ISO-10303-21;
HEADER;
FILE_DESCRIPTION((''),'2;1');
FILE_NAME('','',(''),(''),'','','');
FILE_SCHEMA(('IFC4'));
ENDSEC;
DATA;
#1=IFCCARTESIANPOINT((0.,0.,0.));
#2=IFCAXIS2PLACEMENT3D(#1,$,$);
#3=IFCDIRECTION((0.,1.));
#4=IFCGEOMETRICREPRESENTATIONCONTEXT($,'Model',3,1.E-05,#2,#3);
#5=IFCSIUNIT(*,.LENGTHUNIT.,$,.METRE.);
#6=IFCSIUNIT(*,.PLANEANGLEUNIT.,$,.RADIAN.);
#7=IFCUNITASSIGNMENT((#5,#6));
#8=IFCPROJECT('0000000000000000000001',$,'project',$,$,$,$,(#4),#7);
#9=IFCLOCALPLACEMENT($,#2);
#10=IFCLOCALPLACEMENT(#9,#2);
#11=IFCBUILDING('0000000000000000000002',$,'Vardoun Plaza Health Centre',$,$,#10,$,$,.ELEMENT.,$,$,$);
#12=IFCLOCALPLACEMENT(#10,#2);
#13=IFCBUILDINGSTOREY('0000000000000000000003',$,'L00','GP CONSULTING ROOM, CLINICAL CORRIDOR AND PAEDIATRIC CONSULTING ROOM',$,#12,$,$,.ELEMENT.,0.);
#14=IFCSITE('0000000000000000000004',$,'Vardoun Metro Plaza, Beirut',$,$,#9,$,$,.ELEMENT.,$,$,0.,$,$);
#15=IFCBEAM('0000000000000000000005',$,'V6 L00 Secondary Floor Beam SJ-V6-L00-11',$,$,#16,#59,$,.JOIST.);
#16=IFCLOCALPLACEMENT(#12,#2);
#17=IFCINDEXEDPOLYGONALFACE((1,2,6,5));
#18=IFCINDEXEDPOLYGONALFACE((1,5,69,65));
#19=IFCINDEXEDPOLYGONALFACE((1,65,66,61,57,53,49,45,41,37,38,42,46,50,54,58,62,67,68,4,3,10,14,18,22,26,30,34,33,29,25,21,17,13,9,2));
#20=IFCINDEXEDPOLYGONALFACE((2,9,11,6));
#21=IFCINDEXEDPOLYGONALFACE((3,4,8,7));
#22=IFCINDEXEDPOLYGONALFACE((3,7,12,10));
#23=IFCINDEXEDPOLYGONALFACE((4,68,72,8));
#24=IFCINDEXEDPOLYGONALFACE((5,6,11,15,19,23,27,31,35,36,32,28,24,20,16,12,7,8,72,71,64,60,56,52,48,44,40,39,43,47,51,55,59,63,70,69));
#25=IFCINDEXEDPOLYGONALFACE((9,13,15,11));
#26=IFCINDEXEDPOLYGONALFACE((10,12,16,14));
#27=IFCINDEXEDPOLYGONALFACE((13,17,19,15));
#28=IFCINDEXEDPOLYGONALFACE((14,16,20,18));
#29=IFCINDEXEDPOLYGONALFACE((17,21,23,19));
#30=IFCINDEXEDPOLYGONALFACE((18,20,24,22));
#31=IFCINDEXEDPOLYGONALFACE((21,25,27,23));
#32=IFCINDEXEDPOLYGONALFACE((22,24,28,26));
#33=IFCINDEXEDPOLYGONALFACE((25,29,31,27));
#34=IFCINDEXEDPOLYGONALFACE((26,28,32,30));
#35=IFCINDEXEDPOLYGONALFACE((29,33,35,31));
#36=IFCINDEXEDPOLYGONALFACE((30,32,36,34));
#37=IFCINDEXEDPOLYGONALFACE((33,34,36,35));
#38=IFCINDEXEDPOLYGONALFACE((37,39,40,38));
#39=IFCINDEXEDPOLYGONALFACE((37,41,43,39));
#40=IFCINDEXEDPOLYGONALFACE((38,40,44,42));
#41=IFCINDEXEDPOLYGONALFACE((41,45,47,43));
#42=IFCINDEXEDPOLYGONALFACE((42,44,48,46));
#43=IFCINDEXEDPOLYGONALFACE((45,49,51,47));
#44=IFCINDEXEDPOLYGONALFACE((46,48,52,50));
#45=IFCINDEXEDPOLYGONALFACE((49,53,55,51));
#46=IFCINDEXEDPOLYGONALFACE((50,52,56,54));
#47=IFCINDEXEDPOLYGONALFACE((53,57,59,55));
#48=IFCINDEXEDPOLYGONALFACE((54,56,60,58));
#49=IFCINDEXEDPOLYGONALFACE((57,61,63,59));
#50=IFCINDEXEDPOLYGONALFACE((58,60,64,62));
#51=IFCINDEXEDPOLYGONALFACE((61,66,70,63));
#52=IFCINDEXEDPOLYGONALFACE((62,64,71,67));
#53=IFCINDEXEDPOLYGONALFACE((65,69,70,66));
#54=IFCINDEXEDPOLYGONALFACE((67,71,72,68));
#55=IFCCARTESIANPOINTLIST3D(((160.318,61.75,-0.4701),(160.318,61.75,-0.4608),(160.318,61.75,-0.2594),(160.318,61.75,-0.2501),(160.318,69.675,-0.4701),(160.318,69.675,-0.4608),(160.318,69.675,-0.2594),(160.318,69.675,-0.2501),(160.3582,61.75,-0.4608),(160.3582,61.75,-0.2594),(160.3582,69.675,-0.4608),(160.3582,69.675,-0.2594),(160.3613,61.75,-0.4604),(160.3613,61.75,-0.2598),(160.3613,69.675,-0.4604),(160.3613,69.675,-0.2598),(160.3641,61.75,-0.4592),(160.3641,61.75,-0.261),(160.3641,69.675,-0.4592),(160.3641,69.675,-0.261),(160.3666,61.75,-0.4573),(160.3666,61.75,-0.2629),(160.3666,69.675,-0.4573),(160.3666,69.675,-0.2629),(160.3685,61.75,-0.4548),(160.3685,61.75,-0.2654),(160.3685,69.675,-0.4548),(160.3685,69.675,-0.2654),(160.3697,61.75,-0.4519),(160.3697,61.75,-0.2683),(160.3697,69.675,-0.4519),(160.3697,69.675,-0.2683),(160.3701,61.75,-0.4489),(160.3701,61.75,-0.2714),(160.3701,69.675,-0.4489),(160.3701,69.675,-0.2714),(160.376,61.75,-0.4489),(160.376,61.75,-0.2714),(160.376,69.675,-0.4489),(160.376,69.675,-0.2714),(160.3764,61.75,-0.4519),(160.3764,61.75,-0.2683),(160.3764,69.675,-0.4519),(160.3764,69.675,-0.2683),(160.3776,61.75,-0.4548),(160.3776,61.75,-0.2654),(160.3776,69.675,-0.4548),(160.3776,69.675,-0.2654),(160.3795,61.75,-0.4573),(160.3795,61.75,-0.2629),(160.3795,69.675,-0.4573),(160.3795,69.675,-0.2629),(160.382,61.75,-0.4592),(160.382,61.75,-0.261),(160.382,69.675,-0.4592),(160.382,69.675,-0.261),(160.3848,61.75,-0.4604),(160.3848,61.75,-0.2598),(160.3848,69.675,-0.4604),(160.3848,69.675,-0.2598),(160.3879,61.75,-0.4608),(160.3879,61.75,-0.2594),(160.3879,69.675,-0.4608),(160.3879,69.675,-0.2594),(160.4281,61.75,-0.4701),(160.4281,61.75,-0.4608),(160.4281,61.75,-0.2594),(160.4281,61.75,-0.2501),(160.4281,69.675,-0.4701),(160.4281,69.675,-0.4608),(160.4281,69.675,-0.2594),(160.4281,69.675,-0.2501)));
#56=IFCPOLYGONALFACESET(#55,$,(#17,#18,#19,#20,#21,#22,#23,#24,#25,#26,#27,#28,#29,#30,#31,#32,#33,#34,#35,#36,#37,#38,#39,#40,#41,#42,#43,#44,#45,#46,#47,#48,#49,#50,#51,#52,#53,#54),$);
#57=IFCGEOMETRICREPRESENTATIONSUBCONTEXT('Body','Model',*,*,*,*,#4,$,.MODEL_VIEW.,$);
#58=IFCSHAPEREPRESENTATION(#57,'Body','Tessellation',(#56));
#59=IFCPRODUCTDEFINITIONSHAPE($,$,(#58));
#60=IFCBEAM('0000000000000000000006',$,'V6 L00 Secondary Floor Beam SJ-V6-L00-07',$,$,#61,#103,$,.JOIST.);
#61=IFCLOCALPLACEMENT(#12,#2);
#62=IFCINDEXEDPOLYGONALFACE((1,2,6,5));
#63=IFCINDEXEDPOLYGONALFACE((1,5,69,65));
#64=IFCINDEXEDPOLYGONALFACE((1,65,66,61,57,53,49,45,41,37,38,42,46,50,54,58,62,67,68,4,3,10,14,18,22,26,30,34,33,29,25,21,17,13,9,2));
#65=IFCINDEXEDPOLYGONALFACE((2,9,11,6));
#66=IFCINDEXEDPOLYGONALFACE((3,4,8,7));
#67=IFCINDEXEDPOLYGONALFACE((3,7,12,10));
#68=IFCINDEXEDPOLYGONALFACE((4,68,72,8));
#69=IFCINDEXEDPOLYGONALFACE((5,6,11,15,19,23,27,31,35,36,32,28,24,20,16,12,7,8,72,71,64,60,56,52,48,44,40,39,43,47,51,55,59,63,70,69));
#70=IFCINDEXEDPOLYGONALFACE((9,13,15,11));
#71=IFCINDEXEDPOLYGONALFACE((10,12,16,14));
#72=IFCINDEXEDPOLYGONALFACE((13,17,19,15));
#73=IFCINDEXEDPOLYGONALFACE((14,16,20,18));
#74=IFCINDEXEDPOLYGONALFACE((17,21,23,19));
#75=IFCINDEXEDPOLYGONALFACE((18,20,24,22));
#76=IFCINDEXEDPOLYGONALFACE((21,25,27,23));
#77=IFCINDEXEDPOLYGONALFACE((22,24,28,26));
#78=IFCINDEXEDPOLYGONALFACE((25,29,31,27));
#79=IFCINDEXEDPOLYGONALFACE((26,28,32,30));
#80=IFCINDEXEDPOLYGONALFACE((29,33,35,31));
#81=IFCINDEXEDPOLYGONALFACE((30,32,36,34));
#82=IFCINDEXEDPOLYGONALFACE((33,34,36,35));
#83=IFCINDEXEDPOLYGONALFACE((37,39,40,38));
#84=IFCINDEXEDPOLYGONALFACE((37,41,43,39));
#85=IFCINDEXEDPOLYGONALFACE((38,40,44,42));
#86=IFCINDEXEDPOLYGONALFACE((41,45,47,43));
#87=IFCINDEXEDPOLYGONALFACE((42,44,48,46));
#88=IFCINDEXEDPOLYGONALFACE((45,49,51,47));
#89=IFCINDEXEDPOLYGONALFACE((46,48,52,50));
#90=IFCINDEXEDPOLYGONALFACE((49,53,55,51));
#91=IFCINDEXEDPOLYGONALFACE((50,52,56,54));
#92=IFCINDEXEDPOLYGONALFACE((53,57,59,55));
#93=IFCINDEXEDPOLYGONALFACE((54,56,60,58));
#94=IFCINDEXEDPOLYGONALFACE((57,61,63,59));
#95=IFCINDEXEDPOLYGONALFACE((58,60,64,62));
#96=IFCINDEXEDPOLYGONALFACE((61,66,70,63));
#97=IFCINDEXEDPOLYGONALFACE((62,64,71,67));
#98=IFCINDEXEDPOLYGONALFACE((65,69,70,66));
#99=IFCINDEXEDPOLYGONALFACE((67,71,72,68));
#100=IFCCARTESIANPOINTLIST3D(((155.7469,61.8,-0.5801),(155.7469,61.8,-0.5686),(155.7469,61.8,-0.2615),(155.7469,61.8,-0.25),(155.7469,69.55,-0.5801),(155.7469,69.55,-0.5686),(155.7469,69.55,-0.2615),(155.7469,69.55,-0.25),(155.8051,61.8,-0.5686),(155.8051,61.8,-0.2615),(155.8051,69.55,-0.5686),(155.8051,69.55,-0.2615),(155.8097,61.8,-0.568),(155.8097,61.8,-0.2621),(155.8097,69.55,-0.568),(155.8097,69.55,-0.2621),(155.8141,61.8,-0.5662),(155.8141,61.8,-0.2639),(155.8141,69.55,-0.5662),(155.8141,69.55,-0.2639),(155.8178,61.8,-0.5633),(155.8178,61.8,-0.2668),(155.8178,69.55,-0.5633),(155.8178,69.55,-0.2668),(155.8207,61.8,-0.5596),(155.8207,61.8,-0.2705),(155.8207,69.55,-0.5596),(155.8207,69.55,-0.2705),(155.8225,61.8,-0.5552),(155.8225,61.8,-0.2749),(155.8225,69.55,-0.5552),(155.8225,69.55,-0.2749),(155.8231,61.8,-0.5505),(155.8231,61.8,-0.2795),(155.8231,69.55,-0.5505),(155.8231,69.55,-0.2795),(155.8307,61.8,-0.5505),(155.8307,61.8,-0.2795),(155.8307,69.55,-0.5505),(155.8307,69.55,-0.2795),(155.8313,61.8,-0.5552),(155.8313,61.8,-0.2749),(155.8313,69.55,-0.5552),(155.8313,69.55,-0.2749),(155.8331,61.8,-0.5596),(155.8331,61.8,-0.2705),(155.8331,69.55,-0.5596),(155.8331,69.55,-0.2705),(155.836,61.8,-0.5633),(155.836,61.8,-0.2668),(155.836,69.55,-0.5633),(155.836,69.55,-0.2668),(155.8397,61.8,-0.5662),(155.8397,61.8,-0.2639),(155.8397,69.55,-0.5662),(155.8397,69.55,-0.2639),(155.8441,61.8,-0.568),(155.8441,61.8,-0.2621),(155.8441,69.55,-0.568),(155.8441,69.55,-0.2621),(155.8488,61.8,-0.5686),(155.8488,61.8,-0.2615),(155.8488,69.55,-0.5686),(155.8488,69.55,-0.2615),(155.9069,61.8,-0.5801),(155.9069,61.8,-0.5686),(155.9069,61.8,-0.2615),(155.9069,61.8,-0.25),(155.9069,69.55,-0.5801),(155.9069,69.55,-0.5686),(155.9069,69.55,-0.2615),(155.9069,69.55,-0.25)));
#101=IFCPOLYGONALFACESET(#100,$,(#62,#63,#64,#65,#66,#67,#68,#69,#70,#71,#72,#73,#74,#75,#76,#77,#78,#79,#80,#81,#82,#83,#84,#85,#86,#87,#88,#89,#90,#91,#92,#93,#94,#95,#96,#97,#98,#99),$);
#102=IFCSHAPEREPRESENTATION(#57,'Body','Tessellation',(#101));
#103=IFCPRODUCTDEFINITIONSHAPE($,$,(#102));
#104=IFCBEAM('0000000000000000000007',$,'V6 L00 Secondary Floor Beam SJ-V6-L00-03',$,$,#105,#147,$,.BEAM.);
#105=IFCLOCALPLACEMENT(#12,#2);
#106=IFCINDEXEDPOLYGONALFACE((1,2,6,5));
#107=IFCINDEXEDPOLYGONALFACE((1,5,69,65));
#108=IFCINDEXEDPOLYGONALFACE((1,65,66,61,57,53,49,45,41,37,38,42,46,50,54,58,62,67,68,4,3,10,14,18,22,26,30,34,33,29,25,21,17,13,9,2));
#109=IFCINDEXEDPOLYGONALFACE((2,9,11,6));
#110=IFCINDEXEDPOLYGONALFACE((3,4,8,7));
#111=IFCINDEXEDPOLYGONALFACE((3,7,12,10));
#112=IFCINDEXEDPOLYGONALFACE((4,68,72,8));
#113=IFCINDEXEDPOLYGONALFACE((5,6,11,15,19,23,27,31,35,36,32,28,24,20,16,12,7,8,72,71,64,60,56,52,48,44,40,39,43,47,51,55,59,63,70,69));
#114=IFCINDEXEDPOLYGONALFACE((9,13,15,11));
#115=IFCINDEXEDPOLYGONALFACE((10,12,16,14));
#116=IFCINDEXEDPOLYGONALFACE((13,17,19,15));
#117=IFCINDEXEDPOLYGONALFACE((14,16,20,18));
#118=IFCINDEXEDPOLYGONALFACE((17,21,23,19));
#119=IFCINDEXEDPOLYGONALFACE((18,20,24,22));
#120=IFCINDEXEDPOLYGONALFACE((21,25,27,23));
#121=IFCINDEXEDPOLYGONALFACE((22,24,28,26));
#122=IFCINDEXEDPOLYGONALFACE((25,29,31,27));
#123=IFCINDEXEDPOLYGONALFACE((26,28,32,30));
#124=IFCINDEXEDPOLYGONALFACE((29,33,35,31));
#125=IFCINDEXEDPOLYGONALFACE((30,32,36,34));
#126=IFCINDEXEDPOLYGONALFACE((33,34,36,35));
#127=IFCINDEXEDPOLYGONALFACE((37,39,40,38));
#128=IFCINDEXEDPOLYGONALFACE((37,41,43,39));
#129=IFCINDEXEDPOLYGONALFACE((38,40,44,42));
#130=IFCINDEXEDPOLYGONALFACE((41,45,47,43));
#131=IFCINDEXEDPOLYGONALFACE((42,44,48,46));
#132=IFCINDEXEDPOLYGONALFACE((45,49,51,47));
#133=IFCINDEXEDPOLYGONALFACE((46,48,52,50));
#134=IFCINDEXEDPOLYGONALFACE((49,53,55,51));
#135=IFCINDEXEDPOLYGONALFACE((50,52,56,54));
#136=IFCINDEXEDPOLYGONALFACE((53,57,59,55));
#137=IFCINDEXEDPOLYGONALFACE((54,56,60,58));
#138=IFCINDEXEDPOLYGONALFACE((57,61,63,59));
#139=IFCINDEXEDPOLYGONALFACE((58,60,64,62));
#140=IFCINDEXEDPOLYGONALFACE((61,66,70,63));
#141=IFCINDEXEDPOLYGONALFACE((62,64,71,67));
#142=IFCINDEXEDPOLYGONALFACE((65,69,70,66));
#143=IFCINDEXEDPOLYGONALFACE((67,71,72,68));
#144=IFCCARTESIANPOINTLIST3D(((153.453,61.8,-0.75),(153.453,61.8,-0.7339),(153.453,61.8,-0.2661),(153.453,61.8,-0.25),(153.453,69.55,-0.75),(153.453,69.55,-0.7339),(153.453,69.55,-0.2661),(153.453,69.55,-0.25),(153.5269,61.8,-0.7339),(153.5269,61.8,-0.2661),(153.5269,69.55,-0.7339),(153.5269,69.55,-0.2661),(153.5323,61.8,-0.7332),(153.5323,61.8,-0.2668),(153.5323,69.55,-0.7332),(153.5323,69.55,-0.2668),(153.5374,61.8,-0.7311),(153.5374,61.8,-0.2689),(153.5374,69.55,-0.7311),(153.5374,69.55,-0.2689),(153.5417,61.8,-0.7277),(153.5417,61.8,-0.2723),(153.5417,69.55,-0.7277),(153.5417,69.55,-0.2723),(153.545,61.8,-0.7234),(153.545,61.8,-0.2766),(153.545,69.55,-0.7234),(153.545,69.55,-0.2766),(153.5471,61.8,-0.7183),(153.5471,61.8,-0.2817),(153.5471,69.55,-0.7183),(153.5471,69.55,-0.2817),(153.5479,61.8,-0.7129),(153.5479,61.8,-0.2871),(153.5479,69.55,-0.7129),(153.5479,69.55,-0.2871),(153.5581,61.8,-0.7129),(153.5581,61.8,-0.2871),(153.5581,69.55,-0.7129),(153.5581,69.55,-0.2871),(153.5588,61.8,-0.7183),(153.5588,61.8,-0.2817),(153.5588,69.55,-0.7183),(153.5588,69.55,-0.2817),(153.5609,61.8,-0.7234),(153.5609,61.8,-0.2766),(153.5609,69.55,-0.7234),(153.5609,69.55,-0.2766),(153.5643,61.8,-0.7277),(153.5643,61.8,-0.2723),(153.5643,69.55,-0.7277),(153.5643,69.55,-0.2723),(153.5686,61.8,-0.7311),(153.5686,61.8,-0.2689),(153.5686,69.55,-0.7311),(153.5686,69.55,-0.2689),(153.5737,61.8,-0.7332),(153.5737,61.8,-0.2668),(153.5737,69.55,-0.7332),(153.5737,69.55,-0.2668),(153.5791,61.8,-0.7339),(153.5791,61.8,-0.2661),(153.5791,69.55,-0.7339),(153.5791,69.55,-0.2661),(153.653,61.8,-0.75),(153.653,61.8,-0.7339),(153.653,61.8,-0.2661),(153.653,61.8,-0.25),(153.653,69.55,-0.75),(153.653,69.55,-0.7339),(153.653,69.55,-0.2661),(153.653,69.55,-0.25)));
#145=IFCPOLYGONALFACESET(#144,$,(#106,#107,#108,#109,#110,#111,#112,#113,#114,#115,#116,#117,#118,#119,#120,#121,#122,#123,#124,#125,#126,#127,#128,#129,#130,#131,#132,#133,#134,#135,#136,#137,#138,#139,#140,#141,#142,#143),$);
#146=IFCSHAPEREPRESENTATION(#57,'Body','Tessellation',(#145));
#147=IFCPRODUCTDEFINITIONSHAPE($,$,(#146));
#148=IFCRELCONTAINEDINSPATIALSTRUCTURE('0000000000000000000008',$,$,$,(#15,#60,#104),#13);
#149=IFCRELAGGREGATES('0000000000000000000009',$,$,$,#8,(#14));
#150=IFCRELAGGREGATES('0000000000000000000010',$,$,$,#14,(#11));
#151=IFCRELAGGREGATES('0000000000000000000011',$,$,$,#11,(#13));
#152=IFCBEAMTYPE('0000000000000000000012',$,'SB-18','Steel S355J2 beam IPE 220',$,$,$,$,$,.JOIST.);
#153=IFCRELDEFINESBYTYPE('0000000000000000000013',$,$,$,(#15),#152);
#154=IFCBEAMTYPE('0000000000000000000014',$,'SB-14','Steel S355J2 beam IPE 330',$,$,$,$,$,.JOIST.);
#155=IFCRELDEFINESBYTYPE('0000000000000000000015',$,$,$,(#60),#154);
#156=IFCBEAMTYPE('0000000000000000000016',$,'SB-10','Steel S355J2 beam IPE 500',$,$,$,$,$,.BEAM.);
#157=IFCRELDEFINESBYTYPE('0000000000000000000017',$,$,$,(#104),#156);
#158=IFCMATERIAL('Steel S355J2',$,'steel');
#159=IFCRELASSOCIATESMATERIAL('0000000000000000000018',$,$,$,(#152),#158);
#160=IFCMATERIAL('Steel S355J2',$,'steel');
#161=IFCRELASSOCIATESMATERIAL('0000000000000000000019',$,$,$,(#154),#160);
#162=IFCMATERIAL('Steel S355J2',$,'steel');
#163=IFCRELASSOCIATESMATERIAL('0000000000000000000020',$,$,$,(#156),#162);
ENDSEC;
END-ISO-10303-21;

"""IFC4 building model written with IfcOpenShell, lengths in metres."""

from ifc_helpers import new_model, si_unit, direction, frame, origin, origin_2d, place, context, subcontext, project, spatial, i_section, extrude, material, material_profile, profile_set, type_object, element, save


model = new_model("IFC4")

# Units and contexts
model_context = context("Model", 3, precision=1e-05, world=origin(), true_north=direction((0.0, 1.0)))
body_context = subcontext(model_context, "Body", "Model", "MODEL_VIEW")
ifc_project = project(units=[si_unit("LENGTHUNIT", "METRE"), si_unit("PLANEANGLEUNIT", "RADIAN")], contexts=[model_context])

# Site, building, storey
site_placement = place(None, origin())
site = spatial("IfcSite", under=ifc_project, at=site_placement, Name="Vardoun Metro Plaza, Beirut", CompositionType="ELEMENT", RefElevation=0.0)
building_placement = place(site_placement, origin())
building = spatial("IfcBuilding", under=site, at=building_placement, Name="Vardoun Plaza Health Centre", CompositionType="ELEMENT")
storey_placement = place(building_placement, origin())
storey = spatial("IfcBuildingStorey", under=building, at=storey_placement, Name="L00", Description="GP CONSULTING ROOM, CLINICAL CORRIDOR AND PAEDIATRIC CONSULTING ROOM", CompositionType="ELEMENT", Elevation=0.0)

# Beams
ifc_material_1 = material(Name="Steel S355J2", Category="steel")
ifc_material_profile_1 = material_profile(ifc_material_1, i_section(OverallWidth=0.1101, OverallDepth=0.22, WebThickness=0.0059, FlangeThickness=0.0093, FilletRadius=0.012, at=origin_2d()), Name="IPE 220")
ifc_profile_set_1 = profile_set([ifc_material_profile_1], Name="Steel S355J2")
beam_type_1 = type_object("IfcBeamType", Name="SB-18", Description="Steel S355J2 beam IPE 220", PredefinedType="JOIST", material=ifc_profile_set_1)
beam_1_placement = place(storey_placement, frame((160.373, 61.75, -0.3601), z_axis=(0.0, 1.0, 0.0), x_axis=(-1.0, 0.0, 0.0)))
element("IfcBeam", 1, at=beam_1_placement, inside=storey, type_object=beam_type_1, Name="V6 L00 Secondary Floor Beam SJ-V6-L00-11", PredefinedType="JOIST", context=body_context, shape_type="SweptSolid", body=[
    extrude(i_section(OverallWidth=0.1101, OverallDepth=0.22, WebThickness=0.0059, FlangeThickness=0.0093, FilletRadius=0.012, at=origin_2d()), origin(), (0.0, 0.0, 1.0), 7.925),
])
ifc_material_2 = material(Name="Steel S355J2", Category="steel")
ifc_material_profile_2 = material_profile(ifc_material_2, i_section(OverallWidth=0.1599, OverallDepth=0.3301, WebThickness=0.0076, FlangeThickness=0.0115, FilletRadius=0.0181, at=origin_2d()), Name="IPE 330")
ifc_profile_set_2 = profile_set([ifc_material_profile_2], Name="Steel S355J2")
beam_type_2 = type_object("IfcBeamType", Name="SB-14", Description="Steel S355J2 beam IPE 330", PredefinedType="JOIST", material=ifc_profile_set_2)
beam_2_placement = place(storey_placement, frame((155.8269, 61.8, -0.415), z_axis=(0.0, 1.0, 0.0), x_axis=(-1.0, 0.0, 0.0)))
element("IfcBeam", 2, at=beam_2_placement, inside=storey, type_object=beam_type_2, Name="V6 L00 Secondary Floor Beam SJ-V6-L00-07", PredefinedType="JOIST", context=body_context, shape_type="SweptSolid", body=[
    extrude(i_section(OverallWidth=0.1599, OverallDepth=0.3301, WebThickness=0.0076, FlangeThickness=0.0115, FilletRadius=0.0181, at=origin_2d()), origin(), (0.0, 0.0, 1.0), 7.75),
])
ifc_material_3 = material(Name="Steel S355J2", Category="steel")
ifc_material_profile_3 = material_profile(ifc_material_3, i_section(OverallWidth=0.2, OverallDepth=0.5, WebThickness=0.0103, FlangeThickness=0.0161, FilletRadius=0.021, at=origin_2d()), Name="IPE 500")
ifc_profile_set_3 = profile_set([ifc_material_profile_3], Name="Steel S355J2")
beam_type_3 = type_object("IfcBeamType", Name="SB-10", Description="Steel S355J2 beam IPE 500", PredefinedType="BEAM", material=ifc_profile_set_3)
beam_3_placement = place(storey_placement, frame((153.553, 61.8, -0.5), z_axis=(0.0, 1.0, 0.0), x_axis=(-1.0, 0.0, 0.0)))
element("IfcBeam", 3, at=beam_3_placement, inside=storey, type_object=beam_type_3, Name="V6 L00 Secondary Floor Beam SJ-V6-L00-03", PredefinedType="BEAM", context=body_context, shape_type="SweptSolid", body=[
    extrude(i_section(OverallWidth=0.2, OverallDepth=0.5, WebThickness=0.0103, FlangeThickness=0.0161, FilletRadius=0.021, at=origin_2d()), origin(), (0.0, 0.0, 1.0), 7.75),
])

save(model, "model.ifc")
